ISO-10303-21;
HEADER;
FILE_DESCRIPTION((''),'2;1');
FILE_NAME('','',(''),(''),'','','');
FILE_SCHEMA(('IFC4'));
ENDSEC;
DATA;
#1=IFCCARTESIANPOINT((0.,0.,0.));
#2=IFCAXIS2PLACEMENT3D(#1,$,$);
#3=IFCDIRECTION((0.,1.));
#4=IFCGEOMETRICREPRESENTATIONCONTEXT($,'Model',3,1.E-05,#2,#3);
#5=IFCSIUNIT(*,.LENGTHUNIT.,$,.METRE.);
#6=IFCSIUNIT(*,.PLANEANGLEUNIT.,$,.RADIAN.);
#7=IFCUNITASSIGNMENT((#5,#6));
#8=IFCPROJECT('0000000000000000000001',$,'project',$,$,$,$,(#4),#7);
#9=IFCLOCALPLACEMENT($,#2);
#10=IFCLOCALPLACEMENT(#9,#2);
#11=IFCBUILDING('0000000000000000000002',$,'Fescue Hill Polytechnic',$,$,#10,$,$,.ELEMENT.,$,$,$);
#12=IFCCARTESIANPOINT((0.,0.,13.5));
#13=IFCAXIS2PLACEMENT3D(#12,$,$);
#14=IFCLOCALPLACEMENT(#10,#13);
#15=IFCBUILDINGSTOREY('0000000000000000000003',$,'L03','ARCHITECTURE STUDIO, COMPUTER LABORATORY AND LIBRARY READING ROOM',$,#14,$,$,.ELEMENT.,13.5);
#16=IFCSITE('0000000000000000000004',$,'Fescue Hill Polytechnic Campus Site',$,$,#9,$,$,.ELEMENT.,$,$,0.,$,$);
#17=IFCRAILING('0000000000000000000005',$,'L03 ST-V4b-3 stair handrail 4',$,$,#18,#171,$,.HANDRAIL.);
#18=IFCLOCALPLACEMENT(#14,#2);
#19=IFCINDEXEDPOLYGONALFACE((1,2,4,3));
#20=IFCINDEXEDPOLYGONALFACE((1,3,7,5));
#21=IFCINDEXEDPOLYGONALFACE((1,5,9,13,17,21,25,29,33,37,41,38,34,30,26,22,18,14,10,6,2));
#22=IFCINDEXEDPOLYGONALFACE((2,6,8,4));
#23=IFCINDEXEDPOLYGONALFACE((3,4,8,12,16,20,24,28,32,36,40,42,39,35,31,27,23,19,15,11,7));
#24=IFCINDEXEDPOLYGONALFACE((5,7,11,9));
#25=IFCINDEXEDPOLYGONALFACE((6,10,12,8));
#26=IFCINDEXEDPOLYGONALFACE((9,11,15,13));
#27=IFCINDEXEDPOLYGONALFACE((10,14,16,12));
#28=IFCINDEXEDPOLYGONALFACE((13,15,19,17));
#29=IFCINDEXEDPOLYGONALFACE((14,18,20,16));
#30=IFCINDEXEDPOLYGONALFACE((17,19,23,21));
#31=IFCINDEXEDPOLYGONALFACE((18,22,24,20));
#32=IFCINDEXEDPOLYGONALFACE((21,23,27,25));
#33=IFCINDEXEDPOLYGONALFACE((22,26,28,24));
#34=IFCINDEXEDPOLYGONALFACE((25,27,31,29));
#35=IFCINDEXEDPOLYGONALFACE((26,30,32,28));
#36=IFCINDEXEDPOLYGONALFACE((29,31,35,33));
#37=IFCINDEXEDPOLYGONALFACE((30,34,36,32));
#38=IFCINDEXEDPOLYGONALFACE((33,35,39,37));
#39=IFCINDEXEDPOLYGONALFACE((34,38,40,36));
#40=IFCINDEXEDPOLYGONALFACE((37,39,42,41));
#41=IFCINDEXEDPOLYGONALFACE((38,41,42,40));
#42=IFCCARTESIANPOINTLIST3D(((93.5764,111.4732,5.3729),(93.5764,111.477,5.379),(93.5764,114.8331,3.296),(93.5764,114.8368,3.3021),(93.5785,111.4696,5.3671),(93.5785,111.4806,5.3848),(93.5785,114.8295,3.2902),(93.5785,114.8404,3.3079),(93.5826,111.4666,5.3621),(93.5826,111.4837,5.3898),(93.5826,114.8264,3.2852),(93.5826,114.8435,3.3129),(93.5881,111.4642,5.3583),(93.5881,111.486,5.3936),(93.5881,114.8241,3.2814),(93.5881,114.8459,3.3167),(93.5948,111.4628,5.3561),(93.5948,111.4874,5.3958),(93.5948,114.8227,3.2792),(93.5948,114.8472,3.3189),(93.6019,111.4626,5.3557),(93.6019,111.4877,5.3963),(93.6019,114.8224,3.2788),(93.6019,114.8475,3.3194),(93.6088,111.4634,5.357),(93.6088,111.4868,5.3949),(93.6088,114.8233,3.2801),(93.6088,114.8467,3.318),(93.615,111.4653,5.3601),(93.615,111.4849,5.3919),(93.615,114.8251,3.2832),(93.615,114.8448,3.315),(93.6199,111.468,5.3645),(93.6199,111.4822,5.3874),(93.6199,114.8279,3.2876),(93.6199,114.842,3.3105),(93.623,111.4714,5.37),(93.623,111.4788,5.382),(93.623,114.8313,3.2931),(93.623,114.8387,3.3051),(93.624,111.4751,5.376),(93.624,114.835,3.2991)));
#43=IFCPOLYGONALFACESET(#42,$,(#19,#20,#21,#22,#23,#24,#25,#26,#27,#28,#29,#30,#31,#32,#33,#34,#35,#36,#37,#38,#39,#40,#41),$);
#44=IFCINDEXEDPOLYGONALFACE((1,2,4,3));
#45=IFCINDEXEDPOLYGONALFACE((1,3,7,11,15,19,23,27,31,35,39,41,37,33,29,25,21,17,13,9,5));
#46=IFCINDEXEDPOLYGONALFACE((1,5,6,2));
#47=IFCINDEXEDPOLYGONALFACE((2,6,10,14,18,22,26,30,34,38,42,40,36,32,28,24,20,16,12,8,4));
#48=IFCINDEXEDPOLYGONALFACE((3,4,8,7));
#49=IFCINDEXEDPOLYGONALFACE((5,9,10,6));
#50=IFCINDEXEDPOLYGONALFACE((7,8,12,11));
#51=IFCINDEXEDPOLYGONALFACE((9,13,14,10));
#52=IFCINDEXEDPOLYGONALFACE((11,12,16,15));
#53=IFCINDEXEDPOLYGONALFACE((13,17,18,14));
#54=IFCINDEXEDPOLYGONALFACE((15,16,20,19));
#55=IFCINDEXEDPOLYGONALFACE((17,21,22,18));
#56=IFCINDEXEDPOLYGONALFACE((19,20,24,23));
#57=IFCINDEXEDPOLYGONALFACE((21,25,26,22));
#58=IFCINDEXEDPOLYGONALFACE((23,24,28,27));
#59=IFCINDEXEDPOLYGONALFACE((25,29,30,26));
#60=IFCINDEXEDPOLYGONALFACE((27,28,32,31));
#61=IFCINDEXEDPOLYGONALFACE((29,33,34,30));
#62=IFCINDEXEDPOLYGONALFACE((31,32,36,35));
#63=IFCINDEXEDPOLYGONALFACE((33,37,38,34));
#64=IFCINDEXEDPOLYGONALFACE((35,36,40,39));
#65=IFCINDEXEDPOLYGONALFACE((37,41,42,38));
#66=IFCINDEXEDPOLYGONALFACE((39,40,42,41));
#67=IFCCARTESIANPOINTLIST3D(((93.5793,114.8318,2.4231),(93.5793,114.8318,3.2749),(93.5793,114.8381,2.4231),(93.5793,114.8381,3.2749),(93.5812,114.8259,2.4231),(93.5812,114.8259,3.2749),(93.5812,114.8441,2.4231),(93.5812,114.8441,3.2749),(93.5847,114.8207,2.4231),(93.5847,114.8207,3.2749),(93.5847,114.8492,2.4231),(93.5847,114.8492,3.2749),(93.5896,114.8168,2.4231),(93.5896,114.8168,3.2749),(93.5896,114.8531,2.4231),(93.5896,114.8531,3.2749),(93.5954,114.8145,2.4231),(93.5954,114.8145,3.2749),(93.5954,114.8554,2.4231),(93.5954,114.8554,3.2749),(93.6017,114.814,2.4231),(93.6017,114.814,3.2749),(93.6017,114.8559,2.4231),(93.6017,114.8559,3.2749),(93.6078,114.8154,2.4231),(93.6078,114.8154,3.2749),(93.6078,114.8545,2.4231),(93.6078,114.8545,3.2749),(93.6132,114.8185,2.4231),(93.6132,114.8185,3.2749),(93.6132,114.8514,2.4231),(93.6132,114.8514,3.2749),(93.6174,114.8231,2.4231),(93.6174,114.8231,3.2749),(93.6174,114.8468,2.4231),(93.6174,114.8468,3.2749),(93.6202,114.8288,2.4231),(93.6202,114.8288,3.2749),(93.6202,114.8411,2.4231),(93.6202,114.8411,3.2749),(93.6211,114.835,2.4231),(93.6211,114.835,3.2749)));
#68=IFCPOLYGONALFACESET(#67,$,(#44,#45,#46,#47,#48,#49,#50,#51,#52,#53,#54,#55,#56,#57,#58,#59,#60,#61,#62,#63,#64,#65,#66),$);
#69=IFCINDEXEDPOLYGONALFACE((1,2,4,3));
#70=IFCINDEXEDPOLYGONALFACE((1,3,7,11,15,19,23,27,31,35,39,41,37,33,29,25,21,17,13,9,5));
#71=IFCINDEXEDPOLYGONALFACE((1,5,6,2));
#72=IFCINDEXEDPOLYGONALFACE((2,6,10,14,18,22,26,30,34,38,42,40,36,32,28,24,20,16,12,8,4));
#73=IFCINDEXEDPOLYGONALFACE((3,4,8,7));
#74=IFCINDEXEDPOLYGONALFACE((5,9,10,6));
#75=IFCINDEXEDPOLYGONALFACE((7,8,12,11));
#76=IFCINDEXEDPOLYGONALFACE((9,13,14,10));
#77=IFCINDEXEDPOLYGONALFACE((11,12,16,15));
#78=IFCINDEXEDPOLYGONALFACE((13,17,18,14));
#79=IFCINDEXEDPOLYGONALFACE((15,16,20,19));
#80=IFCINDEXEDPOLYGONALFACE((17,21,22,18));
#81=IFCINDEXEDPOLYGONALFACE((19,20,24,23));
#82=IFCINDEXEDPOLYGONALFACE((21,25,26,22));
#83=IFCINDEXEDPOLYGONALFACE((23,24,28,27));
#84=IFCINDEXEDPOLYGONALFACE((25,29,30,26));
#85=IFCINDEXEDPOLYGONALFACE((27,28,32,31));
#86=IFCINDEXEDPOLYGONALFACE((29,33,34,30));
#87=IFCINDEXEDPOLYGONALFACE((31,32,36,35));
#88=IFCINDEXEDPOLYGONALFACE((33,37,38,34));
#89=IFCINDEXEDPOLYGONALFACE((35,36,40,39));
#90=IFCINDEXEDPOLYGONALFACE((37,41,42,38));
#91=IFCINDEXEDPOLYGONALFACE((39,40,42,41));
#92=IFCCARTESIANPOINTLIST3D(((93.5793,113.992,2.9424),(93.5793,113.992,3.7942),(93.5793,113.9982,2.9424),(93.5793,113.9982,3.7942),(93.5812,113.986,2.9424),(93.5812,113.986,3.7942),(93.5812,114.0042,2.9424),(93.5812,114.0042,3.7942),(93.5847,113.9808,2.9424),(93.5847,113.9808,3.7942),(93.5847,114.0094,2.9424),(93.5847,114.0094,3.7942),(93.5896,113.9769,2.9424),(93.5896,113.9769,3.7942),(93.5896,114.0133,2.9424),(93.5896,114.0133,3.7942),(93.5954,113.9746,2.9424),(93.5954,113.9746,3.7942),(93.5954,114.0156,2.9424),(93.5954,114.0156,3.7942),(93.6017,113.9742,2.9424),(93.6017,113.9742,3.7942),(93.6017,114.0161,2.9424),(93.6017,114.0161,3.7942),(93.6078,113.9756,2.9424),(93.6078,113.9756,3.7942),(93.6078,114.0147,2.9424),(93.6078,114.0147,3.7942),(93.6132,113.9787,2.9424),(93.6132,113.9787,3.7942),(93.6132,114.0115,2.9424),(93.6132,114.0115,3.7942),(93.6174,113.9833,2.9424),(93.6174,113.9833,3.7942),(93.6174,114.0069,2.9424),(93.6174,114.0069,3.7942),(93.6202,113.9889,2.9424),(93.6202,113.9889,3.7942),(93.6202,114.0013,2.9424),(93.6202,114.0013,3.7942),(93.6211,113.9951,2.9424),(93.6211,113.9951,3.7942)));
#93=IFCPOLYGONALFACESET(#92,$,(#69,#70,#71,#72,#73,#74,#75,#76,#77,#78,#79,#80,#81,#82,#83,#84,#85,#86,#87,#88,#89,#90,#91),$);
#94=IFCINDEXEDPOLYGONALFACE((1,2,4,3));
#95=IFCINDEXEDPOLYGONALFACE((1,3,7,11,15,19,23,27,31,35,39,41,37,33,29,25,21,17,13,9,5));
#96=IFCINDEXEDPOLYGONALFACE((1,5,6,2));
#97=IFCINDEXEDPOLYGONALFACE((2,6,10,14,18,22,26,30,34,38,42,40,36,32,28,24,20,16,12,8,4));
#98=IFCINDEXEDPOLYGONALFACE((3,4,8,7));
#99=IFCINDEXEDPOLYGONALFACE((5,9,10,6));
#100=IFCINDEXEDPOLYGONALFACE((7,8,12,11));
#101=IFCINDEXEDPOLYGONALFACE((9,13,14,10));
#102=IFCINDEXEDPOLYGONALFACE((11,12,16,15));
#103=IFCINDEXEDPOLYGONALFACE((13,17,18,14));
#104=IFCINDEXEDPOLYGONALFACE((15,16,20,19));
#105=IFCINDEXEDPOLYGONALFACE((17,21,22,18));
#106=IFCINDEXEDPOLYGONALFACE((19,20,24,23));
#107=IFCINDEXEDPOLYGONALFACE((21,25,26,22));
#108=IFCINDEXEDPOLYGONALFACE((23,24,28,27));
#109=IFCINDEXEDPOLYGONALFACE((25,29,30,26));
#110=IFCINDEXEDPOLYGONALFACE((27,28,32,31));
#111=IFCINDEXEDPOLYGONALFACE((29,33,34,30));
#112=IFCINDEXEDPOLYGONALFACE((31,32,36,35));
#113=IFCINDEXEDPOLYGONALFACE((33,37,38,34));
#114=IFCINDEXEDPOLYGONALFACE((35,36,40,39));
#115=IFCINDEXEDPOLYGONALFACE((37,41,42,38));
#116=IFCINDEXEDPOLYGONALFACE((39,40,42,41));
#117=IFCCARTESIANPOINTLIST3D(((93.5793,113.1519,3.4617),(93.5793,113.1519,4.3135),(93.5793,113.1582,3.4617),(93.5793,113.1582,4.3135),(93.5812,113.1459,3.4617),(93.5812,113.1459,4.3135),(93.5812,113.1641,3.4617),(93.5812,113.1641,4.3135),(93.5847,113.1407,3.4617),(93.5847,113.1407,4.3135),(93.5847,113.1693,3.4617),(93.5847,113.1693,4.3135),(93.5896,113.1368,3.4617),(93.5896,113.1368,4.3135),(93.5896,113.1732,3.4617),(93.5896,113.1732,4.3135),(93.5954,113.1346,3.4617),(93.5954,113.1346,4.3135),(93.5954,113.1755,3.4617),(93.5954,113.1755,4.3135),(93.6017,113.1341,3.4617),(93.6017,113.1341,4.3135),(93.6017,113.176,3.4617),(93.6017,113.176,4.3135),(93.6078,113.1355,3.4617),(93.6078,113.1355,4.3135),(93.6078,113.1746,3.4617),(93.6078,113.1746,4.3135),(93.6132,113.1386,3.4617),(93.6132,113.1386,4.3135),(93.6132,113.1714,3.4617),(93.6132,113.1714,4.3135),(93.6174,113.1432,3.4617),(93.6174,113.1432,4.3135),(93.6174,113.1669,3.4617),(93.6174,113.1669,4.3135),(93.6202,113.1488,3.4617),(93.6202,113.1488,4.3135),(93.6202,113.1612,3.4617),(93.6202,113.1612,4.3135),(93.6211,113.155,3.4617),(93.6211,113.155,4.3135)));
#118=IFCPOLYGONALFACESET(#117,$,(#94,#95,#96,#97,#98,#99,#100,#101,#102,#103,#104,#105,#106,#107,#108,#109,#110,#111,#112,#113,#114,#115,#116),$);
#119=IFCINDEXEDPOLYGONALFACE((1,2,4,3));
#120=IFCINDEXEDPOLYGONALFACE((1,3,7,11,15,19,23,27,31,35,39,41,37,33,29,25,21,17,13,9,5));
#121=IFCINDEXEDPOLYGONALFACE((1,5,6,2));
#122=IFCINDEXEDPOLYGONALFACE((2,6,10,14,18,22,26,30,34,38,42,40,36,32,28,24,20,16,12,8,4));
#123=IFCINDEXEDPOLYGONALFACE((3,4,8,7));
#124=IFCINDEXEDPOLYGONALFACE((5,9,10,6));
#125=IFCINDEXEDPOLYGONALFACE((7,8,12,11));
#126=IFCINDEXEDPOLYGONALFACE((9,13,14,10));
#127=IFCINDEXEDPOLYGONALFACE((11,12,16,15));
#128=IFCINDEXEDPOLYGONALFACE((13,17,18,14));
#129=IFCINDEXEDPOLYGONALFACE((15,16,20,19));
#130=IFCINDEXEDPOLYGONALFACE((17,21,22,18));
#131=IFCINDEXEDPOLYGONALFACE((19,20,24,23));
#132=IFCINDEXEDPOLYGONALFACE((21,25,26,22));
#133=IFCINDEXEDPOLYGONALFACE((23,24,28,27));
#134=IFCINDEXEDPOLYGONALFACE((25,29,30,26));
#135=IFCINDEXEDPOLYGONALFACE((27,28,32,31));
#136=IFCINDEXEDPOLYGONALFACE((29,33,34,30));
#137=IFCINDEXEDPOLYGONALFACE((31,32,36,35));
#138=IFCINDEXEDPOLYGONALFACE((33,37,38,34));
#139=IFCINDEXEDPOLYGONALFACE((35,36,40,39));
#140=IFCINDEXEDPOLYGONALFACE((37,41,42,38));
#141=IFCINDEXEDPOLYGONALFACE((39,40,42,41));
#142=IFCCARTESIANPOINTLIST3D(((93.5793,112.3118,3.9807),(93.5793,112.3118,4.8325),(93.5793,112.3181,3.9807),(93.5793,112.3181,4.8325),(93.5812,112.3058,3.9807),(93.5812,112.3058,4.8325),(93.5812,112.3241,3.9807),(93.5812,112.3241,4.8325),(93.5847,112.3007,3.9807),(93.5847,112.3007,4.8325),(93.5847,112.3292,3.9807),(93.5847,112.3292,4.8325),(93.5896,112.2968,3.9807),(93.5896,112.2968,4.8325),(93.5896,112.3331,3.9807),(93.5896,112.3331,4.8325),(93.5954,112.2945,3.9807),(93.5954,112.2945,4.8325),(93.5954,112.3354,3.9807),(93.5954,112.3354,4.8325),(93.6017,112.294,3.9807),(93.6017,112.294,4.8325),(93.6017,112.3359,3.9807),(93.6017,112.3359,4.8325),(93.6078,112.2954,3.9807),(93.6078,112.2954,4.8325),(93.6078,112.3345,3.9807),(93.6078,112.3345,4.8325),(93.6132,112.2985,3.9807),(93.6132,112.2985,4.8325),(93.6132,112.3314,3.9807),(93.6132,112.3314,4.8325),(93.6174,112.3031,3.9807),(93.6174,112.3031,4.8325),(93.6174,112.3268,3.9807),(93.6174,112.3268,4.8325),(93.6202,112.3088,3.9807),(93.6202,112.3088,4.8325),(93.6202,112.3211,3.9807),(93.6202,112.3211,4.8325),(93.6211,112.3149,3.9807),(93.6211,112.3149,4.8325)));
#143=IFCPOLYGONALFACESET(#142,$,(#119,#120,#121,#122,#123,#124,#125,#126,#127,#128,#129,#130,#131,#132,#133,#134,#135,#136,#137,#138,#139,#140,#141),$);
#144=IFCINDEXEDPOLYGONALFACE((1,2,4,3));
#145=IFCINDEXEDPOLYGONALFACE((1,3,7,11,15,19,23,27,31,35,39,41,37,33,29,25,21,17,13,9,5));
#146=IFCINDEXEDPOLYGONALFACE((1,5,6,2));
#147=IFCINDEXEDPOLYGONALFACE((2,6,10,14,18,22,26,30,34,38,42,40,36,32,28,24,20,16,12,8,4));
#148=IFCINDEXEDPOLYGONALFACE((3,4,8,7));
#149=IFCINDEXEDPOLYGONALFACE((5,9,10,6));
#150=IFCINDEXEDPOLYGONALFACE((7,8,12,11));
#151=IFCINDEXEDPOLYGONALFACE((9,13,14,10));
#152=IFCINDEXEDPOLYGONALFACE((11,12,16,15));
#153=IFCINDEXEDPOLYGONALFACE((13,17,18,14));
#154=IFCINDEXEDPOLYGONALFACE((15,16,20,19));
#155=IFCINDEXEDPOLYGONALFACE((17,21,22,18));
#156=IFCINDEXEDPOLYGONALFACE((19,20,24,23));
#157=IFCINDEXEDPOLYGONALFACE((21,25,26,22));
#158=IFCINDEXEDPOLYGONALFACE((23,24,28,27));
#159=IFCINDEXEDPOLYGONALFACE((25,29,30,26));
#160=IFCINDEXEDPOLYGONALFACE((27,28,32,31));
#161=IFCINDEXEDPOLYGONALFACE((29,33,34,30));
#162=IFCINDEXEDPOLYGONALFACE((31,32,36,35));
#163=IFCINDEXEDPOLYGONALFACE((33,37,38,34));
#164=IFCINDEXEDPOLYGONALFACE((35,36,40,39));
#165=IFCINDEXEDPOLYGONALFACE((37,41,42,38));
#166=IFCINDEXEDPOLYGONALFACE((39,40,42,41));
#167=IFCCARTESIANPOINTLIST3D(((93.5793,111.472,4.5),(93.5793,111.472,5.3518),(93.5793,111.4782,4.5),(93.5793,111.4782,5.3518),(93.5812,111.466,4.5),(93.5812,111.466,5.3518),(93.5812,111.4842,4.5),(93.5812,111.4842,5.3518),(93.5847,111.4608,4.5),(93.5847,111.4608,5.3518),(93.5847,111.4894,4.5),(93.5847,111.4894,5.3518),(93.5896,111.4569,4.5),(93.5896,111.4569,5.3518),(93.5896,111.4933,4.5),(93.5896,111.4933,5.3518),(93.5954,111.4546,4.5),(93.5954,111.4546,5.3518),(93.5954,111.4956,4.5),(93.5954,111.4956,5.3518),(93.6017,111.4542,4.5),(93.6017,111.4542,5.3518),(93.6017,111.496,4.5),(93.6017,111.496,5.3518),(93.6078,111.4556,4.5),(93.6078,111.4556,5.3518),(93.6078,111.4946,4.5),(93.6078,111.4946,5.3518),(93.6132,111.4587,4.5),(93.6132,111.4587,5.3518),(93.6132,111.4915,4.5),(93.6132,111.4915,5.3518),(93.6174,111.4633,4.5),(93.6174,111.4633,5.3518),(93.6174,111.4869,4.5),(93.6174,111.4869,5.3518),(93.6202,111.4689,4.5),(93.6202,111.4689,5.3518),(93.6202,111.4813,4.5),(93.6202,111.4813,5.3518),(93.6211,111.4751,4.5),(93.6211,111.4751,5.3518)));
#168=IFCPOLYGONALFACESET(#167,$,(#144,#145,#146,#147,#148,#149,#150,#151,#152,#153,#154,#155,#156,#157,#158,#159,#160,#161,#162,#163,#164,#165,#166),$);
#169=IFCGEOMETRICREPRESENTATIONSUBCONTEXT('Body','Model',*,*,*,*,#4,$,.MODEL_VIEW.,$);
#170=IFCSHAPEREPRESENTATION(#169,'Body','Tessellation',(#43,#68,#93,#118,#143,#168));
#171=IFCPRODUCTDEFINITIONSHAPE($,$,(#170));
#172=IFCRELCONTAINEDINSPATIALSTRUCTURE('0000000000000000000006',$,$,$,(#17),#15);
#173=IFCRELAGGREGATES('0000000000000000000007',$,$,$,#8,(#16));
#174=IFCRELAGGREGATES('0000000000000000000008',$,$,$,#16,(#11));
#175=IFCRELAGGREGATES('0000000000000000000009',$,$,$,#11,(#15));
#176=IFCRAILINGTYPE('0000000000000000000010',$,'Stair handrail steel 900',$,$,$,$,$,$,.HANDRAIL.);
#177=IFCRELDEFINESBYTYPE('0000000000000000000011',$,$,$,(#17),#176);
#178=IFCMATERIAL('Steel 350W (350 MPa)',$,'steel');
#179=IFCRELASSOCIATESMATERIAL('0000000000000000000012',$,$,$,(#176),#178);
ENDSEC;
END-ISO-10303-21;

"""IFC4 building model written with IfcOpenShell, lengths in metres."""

from ifc_helpers import new_model, si_unit, direction, frame, origin, origin_2d, place, context, subcontext, project, spatial, circle, extrude, material, type_object, element, save


model = new_model("IFC4")

# Units and contexts
model_context = context("Model", 3, precision=1e-05, world=origin(), true_north=direction((0.0, 1.0)))
body_context = subcontext(model_context, "Body", "Model", "MODEL_VIEW")
ifc_project = project(units=[si_unit("LENGTHUNIT", "METRE"), si_unit("PLANEANGLEUNIT", "RADIAN")], contexts=[model_context])

# Site, building, storey
site_placement = place(None, origin())
site = spatial("IfcSite", under=ifc_project, at=site_placement, Name="Fescue Hill Polytechnic Campus Site", CompositionType="ELEMENT", RefElevation=0.0)
building_placement = place(site_placement, origin())
building = spatial("IfcBuilding", under=site, at=building_placement, Name="Fescue Hill Polytechnic", CompositionType="ELEMENT")
storey_placement = place(building_placement, frame((0.0, 0.0, 13.5)))
storey = spatial("IfcBuildingStorey", under=building, at=storey_placement, Name="L03", Description="ARCHITECTURE STUDIO, COMPUTER LABORATORY AND LIBRARY READING ROOM", CompositionType="ELEMENT", Elevation=13.5)

# Railing
ifc_material_1 = material(Name="Steel 350W (350 MPa)", Category="steel")
railing_type_1 = type_object("IfcRailingType", Name="Stair handrail steel 900", PredefinedType="HANDRAIL", material=ifc_material_1)
for number, where, name in (
    (1, (93.6001, 114.835, 2.4231), "L03 ST-V4b-3 stair handrail 4"),
):
    element("IfcRailing", number, at=place(storey_placement, frame(where)), inside=storey, type_object=railing_type_1, Name=name, PredefinedType="HANDRAIL", context=body_context, shape_type="SweptSolid", body=[
        extrude(circle(Radius=0.0239, at=origin_2d()), frame((0.0, 0.0, 0.876), z_axis=(0.0, -0.850606, 0.525803), x_axis=(1.0, 0.0, 0.0)), (0.0, 0.0, 1.0), 3.95),
        extrude(circle(Radius=0.021, at=origin_2d()), origin(), (0.0, 0.0, 1.0), 0.8518),
        extrude(circle(Radius=0.021, at=origin_2d()), frame((0.0, -0.8398, 0.5193)), (0.0, 0.0, 1.0), 0.8518),
        extrude(circle(Radius=0.021, at=origin_2d()), frame((0.0, -1.6799, 1.0386)), (0.0, 0.0, 1.0), 0.8518),
        extrude(circle(Radius=0.021, at=origin_2d()), frame((0.0, -2.52, 1.5576)), (0.0, 0.0, 1.0), 0.8518),
        extrude(circle(Radius=0.021, at=origin_2d()), frame((0.0, -3.3599, 2.0769)), (0.0, 0.0, 1.0), 0.8518),
    ])

save(model, "model.ifc")
